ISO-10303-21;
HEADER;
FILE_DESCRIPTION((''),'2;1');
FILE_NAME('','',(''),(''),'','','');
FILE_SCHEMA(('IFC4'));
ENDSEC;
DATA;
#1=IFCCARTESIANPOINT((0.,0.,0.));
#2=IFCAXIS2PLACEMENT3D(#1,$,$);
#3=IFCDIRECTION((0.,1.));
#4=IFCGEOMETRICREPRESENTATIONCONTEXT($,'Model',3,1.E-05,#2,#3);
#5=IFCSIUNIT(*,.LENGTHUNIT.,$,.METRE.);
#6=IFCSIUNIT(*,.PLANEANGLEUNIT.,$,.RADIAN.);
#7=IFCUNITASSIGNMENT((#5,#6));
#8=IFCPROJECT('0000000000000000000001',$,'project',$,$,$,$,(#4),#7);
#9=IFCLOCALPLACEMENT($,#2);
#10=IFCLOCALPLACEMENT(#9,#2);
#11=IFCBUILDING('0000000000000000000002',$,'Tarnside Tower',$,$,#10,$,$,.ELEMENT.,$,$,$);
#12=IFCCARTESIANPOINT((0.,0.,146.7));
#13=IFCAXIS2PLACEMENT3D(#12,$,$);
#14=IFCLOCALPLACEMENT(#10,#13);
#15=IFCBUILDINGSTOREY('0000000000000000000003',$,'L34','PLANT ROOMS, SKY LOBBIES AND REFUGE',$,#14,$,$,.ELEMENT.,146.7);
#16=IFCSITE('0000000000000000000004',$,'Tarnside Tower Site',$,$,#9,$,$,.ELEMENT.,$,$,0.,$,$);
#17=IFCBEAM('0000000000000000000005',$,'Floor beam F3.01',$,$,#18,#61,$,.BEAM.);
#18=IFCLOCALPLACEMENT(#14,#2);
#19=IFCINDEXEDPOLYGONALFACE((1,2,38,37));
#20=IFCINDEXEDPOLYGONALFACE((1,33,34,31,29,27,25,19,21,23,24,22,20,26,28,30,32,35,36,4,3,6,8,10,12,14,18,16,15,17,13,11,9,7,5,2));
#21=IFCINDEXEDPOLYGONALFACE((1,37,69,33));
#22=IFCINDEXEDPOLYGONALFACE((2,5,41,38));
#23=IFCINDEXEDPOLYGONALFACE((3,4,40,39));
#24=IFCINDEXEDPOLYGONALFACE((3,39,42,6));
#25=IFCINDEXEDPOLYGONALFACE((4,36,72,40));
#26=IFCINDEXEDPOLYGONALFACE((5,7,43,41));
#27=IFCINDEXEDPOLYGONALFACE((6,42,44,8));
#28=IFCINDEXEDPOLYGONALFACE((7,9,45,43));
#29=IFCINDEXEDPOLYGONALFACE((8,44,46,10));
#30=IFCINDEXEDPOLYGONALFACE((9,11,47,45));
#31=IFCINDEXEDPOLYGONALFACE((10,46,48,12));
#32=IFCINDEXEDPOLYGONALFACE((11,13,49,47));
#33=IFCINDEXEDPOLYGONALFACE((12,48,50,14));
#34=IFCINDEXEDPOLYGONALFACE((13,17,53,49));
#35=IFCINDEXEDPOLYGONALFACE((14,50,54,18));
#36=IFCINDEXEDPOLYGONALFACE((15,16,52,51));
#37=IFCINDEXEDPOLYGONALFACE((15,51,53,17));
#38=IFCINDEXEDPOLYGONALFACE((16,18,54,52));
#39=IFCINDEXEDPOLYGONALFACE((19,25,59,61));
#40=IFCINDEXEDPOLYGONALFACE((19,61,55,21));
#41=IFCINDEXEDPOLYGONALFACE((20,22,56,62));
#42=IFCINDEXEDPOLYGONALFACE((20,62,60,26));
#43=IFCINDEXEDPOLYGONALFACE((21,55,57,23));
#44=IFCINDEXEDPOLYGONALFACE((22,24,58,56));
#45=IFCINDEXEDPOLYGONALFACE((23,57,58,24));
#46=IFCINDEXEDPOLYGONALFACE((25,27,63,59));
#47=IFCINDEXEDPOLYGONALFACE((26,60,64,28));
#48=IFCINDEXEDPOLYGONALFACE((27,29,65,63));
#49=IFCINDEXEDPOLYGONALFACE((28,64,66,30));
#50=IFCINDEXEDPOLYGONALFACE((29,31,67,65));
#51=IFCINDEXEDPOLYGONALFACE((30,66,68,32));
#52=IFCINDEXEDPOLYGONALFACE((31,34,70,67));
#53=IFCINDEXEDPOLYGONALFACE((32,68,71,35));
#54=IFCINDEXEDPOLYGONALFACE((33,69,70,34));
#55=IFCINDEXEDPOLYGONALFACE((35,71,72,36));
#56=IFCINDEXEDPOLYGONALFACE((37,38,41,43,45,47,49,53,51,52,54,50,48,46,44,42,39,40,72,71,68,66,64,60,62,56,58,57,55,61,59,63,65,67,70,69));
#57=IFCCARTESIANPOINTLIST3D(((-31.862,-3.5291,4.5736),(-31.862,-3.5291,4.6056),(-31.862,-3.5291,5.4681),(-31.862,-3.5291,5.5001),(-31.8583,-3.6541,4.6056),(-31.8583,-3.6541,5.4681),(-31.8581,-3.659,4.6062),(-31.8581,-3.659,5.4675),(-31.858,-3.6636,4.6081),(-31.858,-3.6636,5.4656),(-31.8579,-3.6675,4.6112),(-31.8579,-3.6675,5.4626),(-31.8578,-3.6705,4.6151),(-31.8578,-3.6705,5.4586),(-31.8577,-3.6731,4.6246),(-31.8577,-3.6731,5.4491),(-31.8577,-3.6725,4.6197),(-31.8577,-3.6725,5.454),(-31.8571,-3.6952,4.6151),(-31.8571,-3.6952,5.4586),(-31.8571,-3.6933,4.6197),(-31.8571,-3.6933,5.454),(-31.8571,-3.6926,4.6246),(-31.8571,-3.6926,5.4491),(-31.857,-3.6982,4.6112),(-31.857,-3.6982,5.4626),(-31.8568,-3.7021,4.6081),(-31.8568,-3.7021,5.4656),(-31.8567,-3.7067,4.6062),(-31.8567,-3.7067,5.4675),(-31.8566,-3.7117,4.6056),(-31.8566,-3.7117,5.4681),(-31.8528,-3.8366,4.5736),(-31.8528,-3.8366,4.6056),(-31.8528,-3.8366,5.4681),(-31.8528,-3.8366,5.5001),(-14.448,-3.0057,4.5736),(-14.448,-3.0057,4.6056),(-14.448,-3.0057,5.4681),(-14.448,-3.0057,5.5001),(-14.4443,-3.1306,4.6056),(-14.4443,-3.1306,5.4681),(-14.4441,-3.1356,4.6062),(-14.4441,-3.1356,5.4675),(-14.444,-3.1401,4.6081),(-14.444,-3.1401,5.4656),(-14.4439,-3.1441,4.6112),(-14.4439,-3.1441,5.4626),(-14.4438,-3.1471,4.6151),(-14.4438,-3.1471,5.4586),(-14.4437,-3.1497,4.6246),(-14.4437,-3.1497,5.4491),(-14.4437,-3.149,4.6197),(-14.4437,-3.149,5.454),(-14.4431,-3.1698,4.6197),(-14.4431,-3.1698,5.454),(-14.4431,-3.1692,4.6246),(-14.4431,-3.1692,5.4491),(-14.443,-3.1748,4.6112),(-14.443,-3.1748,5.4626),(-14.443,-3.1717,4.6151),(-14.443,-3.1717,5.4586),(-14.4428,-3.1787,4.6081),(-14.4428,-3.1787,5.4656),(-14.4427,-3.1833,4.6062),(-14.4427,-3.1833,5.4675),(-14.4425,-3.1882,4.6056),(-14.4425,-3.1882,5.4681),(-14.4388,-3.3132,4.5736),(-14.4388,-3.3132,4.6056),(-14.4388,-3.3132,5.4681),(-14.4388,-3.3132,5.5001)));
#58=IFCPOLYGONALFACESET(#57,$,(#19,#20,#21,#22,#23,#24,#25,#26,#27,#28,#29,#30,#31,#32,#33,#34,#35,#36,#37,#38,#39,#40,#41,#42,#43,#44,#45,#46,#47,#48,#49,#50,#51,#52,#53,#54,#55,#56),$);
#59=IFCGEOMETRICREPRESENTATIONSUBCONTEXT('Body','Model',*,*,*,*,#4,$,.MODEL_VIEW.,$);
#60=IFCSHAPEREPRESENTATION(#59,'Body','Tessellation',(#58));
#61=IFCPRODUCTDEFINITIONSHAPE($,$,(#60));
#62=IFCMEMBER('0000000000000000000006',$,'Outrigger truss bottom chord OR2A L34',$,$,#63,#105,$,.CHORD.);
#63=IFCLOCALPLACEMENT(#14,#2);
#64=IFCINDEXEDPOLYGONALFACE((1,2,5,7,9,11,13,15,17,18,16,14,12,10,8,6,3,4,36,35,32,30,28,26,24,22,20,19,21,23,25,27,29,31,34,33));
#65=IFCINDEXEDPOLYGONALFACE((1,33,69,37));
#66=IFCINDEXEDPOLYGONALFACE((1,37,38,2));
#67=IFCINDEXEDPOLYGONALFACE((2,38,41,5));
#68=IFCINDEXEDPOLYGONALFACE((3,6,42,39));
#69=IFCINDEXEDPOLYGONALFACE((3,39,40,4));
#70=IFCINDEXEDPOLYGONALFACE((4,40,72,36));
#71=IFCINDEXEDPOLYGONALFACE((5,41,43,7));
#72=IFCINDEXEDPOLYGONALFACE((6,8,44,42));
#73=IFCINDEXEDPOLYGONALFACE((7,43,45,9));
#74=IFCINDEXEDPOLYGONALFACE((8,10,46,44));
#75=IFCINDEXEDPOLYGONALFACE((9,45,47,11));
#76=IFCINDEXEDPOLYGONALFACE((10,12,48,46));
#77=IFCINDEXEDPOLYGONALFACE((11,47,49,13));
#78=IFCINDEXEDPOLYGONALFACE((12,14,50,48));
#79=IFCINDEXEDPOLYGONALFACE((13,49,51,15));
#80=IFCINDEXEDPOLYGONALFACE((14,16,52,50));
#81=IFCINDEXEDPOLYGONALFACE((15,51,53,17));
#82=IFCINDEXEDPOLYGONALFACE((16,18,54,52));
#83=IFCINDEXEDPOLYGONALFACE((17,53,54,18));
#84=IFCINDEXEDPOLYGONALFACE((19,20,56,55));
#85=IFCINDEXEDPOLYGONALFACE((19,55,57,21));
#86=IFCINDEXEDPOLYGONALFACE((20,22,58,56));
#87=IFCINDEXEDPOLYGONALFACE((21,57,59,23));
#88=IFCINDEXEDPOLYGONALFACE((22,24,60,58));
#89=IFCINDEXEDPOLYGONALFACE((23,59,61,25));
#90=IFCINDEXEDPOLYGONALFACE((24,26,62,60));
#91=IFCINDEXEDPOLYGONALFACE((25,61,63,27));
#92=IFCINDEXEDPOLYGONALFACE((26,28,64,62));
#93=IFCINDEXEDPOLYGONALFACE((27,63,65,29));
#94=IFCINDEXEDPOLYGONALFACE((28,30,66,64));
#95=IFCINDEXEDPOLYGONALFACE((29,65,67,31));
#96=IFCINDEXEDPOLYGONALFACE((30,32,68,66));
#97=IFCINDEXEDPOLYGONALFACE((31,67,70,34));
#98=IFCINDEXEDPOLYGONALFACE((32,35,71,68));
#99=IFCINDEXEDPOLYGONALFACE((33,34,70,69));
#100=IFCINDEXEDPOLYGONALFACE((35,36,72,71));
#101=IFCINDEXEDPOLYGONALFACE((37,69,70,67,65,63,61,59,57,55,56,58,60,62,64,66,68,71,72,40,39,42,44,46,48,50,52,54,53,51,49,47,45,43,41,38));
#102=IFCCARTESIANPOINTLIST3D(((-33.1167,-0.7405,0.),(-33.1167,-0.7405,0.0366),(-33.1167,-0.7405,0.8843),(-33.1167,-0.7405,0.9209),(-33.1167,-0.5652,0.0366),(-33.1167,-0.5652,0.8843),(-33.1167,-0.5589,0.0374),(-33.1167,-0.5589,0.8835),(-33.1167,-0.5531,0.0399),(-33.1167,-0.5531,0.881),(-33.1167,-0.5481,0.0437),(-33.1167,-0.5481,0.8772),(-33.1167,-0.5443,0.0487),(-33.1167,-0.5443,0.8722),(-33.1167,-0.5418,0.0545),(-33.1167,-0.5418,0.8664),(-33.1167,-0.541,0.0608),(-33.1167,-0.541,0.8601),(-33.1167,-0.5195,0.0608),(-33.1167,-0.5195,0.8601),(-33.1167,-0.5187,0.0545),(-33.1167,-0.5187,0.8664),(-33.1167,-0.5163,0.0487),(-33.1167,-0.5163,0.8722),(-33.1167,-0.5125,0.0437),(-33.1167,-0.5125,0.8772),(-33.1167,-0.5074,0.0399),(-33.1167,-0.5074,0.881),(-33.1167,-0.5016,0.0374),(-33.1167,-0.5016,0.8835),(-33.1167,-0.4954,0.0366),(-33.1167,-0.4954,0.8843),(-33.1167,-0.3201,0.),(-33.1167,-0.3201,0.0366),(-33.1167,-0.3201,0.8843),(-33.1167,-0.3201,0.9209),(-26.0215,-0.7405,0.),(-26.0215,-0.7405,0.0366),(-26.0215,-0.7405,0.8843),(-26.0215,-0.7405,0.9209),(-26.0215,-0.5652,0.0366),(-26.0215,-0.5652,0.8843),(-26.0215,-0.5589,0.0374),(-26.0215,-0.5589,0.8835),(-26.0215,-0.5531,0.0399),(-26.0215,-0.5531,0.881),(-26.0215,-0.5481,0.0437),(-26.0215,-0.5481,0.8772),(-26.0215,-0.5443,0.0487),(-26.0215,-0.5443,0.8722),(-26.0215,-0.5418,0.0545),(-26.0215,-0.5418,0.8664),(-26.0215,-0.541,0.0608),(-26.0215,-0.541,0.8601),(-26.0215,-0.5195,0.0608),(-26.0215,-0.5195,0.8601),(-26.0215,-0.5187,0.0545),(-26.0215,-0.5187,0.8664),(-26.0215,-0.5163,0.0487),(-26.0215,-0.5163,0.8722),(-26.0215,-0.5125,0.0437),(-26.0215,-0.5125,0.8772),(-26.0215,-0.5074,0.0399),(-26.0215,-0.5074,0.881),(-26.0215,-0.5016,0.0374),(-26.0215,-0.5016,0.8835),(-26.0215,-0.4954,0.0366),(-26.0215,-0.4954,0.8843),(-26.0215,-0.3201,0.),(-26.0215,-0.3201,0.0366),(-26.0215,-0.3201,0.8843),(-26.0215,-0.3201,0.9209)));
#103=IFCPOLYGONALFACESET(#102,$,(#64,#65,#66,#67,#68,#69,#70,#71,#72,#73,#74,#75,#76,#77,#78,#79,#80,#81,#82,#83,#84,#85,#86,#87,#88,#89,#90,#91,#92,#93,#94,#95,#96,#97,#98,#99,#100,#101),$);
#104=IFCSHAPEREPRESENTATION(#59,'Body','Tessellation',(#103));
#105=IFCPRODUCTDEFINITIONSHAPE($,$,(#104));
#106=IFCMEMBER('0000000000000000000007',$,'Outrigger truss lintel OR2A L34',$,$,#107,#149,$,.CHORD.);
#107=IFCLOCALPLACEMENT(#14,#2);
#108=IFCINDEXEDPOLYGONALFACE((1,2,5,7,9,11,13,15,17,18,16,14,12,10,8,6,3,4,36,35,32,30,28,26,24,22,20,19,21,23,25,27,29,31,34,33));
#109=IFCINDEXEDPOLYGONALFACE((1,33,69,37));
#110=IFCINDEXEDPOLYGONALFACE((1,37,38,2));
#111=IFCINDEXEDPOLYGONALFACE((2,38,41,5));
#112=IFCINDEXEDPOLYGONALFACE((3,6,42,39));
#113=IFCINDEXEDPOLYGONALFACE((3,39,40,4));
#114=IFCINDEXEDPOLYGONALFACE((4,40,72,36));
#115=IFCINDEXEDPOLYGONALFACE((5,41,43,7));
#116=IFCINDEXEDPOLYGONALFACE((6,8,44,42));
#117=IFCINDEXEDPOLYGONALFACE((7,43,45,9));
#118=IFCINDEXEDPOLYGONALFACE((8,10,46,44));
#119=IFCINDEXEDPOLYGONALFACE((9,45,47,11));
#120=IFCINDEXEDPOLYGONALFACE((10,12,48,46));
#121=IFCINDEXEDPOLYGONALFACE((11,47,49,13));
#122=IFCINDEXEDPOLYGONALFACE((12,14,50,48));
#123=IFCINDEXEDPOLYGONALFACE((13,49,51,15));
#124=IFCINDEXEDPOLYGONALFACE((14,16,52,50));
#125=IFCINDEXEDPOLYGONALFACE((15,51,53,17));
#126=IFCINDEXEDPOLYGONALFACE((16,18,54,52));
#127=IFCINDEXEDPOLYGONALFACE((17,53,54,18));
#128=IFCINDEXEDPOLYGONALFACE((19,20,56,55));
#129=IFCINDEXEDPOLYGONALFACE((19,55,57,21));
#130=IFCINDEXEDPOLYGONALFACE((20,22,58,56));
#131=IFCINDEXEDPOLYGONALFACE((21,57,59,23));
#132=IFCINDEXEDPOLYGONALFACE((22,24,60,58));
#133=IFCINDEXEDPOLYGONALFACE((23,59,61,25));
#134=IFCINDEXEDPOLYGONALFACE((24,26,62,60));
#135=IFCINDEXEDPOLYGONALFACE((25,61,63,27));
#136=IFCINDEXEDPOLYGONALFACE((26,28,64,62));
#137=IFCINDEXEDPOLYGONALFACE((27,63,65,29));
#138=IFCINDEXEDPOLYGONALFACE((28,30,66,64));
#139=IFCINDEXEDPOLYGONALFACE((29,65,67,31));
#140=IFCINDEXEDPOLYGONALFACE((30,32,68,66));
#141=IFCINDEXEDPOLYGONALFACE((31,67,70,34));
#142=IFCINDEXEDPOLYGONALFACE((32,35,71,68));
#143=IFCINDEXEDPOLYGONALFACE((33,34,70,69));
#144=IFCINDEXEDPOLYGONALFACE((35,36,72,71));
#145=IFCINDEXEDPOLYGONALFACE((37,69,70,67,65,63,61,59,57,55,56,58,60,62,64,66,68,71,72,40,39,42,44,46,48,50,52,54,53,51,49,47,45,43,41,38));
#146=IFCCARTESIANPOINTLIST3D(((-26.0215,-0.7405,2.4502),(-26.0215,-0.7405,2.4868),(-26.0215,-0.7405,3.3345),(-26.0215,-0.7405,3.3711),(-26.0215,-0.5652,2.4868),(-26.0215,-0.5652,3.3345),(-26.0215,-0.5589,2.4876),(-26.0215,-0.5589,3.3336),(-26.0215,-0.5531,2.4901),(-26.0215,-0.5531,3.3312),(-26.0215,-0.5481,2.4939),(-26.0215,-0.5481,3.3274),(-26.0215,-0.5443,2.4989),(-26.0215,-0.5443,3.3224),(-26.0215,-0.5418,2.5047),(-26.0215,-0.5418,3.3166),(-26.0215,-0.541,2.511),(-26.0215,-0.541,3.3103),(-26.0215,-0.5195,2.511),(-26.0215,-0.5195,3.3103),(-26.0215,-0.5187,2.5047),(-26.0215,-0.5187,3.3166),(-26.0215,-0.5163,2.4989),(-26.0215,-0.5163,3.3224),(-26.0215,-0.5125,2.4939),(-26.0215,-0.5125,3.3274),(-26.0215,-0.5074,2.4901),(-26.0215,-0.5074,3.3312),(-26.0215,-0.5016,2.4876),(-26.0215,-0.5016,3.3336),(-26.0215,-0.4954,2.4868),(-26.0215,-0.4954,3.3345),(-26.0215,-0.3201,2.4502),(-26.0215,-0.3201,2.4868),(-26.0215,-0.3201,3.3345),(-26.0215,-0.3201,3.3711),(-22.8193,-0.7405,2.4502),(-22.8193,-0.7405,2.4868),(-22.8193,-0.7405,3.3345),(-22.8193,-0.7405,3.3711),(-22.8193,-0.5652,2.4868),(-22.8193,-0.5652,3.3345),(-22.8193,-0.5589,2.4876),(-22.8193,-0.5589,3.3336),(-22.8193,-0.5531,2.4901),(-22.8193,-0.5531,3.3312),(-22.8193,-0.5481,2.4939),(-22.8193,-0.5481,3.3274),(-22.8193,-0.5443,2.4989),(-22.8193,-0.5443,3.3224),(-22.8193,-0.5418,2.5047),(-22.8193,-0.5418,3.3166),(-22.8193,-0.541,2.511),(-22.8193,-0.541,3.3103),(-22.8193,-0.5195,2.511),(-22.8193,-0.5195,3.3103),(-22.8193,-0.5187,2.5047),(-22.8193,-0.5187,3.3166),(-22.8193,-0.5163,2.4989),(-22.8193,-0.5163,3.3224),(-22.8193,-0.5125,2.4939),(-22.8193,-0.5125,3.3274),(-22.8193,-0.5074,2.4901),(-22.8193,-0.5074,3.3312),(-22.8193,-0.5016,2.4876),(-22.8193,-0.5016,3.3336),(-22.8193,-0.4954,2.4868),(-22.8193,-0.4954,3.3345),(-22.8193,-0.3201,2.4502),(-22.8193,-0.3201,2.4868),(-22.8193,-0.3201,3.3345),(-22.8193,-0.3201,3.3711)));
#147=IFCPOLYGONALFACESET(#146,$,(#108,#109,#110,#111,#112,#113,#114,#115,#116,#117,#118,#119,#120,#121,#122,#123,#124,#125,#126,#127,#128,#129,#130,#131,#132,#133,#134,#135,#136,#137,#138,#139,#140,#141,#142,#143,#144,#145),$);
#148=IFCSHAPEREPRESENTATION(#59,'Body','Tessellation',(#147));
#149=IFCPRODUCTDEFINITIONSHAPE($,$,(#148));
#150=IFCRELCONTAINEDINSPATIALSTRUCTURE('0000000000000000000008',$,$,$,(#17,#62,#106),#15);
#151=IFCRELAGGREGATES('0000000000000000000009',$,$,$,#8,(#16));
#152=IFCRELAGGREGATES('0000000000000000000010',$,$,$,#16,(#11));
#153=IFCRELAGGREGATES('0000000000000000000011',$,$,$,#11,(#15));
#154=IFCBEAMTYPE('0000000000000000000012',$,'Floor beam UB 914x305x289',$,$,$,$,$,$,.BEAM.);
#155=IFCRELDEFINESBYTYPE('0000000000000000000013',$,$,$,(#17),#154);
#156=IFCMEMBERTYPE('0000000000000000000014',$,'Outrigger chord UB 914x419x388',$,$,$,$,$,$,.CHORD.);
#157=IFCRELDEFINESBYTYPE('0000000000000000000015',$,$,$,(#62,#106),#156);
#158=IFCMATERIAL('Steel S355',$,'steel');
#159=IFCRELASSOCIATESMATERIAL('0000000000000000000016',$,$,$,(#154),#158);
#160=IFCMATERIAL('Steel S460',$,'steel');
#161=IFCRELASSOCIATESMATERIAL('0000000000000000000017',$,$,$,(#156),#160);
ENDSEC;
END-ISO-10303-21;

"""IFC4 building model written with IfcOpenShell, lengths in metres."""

from ifc_helpers import new_model, si_unit, direction, frame, origin, origin_2d, place, context, subcontext, project, spatial, i_section, extrude, material, material_profile, profile_set, type_object, element, save


model = new_model("IFC4")

# Units and contexts
model_context = context("Model", 3, precision=1e-05, world=origin(), true_north=direction((0.0, 1.0)))
body_context = subcontext(model_context, "Body", "Model", "MODEL_VIEW")
ifc_project = project(units=[si_unit("LENGTHUNIT", "METRE"), si_unit("PLANEANGLEUNIT", "RADIAN")], contexts=[model_context])

# Site, building, storey
site_placement = place(None, origin())
site = spatial("IfcSite", under=ifc_project, at=site_placement, Name="Tarnside Tower Site", CompositionType="ELEMENT", RefElevation=0.0)
building_placement = place(site_placement, origin())
building = spatial("IfcBuilding", under=site, at=building_placement, Name="Tarnside Tower", CompositionType="ELEMENT")
storey_placement = place(building_placement, frame((0.0, 0.0, 146.7)))
storey = spatial("IfcBuildingStorey", under=building, at=storey_placement, Name="L34", Description="PLANT ROOMS, SKY LOBBIES AND REFUGE", CompositionType="ELEMENT", Elevation=146.7)

# Beam
ifc_material_1 = material(Name="Steel S355", Category="steel")
ifc_material_profile_1 = material_profile(ifc_material_1, i_section(OverallWidth=0.3076, OverallDepth=0.9265, WebThickness=0.0195, FlangeThickness=0.032, FilletRadius=0.019, at=origin_2d()), Name="UB 914x305x289")
ifc_profile_set_1 = profile_set([ifc_material_profile_1], Name="Steel S355")
beam_type = type_object("IfcBeamType", Name="Floor beam UB 914x305x289", PredefinedType="BEAM", material=ifc_profile_set_1)
beam_placement = place(storey_placement, frame((-31.8574, -3.6829, 5.0369), z_axis=(0.999549, 0.030045, 0.0), x_axis=(-0.030045, 0.999549, 0.0)))
element("IfcBeam", 1, at=beam_placement, inside=storey, type_object=beam_type, Name="Floor beam F3.01", PredefinedType="BEAM", context=body_context, shape_type="SweptSolid", body=[
    extrude(i_section(OverallWidth=0.3076, OverallDepth=0.9265, WebThickness=0.0195, FlangeThickness=0.032, FilletRadius=0.019, at=origin_2d()), origin(), (0.0, 0.0, 1.0), 17.4219),
])

# Members
ifc_material_2 = material(Name="Steel S460", Category="steel")
ifc_material_profile_2 = material_profile(ifc_material_2, i_section(OverallWidth=0.4204, OverallDepth=0.9209, WebThickness=0.0215, FlangeThickness=0.0366, FilletRadius=0.0242, at=origin_2d()), Name="UB 914x419x388")
ifc_profile_set_2 = profile_set([ifc_material_profile_2], Name="Steel S460")
member_type_1 = type_object("IfcMemberType", Name="Outrigger chord UB 914x419x388", PredefinedType="CHORD", material=ifc_profile_set_2)
member_1_placement = place(storey_placement, frame((-26.0215, -0.5303, 0.4604), z_axis=(-1.0, 0.0, 0.0), x_axis=(0.0, -1.0, 0.0)))
element("IfcMember", 2, at=member_1_placement, inside=storey, type_object=member_type_1, Name="Outrigger truss bottom chord OR2A L34", PredefinedType="CHORD", context=body_context, shape_type="SweptSolid", body=[
    extrude(i_section(OverallWidth=0.4204, OverallDepth=0.9209, WebThickness=0.0215, FlangeThickness=0.0366, FilletRadius=0.0242, at=origin_2d()), origin(), (0.0, 0.0, 1.0), 7.0952),
])
member_2_placement = place(storey_placement, frame((-22.8193, -0.5303, 2.9106), z_axis=(-1.0, 0.0, 0.0), x_axis=(0.0, -1.0, 0.0)))
element("IfcMember", 3, at=member_2_placement, inside=storey, type_object=member_type_1, Name="Outrigger truss lintel OR2A L34", PredefinedType="CHORD", context=body_context, shape_type="SweptSolid", body=[
    extrude(i_section(OverallWidth=0.4204, OverallDepth=0.9209, WebThickness=0.0215, FlangeThickness=0.0366, FilletRadius=0.0242, at=origin_2d()), origin(), (0.0, 0.0, 1.0), 3.2021),
])

save(model, "model.ifc")
